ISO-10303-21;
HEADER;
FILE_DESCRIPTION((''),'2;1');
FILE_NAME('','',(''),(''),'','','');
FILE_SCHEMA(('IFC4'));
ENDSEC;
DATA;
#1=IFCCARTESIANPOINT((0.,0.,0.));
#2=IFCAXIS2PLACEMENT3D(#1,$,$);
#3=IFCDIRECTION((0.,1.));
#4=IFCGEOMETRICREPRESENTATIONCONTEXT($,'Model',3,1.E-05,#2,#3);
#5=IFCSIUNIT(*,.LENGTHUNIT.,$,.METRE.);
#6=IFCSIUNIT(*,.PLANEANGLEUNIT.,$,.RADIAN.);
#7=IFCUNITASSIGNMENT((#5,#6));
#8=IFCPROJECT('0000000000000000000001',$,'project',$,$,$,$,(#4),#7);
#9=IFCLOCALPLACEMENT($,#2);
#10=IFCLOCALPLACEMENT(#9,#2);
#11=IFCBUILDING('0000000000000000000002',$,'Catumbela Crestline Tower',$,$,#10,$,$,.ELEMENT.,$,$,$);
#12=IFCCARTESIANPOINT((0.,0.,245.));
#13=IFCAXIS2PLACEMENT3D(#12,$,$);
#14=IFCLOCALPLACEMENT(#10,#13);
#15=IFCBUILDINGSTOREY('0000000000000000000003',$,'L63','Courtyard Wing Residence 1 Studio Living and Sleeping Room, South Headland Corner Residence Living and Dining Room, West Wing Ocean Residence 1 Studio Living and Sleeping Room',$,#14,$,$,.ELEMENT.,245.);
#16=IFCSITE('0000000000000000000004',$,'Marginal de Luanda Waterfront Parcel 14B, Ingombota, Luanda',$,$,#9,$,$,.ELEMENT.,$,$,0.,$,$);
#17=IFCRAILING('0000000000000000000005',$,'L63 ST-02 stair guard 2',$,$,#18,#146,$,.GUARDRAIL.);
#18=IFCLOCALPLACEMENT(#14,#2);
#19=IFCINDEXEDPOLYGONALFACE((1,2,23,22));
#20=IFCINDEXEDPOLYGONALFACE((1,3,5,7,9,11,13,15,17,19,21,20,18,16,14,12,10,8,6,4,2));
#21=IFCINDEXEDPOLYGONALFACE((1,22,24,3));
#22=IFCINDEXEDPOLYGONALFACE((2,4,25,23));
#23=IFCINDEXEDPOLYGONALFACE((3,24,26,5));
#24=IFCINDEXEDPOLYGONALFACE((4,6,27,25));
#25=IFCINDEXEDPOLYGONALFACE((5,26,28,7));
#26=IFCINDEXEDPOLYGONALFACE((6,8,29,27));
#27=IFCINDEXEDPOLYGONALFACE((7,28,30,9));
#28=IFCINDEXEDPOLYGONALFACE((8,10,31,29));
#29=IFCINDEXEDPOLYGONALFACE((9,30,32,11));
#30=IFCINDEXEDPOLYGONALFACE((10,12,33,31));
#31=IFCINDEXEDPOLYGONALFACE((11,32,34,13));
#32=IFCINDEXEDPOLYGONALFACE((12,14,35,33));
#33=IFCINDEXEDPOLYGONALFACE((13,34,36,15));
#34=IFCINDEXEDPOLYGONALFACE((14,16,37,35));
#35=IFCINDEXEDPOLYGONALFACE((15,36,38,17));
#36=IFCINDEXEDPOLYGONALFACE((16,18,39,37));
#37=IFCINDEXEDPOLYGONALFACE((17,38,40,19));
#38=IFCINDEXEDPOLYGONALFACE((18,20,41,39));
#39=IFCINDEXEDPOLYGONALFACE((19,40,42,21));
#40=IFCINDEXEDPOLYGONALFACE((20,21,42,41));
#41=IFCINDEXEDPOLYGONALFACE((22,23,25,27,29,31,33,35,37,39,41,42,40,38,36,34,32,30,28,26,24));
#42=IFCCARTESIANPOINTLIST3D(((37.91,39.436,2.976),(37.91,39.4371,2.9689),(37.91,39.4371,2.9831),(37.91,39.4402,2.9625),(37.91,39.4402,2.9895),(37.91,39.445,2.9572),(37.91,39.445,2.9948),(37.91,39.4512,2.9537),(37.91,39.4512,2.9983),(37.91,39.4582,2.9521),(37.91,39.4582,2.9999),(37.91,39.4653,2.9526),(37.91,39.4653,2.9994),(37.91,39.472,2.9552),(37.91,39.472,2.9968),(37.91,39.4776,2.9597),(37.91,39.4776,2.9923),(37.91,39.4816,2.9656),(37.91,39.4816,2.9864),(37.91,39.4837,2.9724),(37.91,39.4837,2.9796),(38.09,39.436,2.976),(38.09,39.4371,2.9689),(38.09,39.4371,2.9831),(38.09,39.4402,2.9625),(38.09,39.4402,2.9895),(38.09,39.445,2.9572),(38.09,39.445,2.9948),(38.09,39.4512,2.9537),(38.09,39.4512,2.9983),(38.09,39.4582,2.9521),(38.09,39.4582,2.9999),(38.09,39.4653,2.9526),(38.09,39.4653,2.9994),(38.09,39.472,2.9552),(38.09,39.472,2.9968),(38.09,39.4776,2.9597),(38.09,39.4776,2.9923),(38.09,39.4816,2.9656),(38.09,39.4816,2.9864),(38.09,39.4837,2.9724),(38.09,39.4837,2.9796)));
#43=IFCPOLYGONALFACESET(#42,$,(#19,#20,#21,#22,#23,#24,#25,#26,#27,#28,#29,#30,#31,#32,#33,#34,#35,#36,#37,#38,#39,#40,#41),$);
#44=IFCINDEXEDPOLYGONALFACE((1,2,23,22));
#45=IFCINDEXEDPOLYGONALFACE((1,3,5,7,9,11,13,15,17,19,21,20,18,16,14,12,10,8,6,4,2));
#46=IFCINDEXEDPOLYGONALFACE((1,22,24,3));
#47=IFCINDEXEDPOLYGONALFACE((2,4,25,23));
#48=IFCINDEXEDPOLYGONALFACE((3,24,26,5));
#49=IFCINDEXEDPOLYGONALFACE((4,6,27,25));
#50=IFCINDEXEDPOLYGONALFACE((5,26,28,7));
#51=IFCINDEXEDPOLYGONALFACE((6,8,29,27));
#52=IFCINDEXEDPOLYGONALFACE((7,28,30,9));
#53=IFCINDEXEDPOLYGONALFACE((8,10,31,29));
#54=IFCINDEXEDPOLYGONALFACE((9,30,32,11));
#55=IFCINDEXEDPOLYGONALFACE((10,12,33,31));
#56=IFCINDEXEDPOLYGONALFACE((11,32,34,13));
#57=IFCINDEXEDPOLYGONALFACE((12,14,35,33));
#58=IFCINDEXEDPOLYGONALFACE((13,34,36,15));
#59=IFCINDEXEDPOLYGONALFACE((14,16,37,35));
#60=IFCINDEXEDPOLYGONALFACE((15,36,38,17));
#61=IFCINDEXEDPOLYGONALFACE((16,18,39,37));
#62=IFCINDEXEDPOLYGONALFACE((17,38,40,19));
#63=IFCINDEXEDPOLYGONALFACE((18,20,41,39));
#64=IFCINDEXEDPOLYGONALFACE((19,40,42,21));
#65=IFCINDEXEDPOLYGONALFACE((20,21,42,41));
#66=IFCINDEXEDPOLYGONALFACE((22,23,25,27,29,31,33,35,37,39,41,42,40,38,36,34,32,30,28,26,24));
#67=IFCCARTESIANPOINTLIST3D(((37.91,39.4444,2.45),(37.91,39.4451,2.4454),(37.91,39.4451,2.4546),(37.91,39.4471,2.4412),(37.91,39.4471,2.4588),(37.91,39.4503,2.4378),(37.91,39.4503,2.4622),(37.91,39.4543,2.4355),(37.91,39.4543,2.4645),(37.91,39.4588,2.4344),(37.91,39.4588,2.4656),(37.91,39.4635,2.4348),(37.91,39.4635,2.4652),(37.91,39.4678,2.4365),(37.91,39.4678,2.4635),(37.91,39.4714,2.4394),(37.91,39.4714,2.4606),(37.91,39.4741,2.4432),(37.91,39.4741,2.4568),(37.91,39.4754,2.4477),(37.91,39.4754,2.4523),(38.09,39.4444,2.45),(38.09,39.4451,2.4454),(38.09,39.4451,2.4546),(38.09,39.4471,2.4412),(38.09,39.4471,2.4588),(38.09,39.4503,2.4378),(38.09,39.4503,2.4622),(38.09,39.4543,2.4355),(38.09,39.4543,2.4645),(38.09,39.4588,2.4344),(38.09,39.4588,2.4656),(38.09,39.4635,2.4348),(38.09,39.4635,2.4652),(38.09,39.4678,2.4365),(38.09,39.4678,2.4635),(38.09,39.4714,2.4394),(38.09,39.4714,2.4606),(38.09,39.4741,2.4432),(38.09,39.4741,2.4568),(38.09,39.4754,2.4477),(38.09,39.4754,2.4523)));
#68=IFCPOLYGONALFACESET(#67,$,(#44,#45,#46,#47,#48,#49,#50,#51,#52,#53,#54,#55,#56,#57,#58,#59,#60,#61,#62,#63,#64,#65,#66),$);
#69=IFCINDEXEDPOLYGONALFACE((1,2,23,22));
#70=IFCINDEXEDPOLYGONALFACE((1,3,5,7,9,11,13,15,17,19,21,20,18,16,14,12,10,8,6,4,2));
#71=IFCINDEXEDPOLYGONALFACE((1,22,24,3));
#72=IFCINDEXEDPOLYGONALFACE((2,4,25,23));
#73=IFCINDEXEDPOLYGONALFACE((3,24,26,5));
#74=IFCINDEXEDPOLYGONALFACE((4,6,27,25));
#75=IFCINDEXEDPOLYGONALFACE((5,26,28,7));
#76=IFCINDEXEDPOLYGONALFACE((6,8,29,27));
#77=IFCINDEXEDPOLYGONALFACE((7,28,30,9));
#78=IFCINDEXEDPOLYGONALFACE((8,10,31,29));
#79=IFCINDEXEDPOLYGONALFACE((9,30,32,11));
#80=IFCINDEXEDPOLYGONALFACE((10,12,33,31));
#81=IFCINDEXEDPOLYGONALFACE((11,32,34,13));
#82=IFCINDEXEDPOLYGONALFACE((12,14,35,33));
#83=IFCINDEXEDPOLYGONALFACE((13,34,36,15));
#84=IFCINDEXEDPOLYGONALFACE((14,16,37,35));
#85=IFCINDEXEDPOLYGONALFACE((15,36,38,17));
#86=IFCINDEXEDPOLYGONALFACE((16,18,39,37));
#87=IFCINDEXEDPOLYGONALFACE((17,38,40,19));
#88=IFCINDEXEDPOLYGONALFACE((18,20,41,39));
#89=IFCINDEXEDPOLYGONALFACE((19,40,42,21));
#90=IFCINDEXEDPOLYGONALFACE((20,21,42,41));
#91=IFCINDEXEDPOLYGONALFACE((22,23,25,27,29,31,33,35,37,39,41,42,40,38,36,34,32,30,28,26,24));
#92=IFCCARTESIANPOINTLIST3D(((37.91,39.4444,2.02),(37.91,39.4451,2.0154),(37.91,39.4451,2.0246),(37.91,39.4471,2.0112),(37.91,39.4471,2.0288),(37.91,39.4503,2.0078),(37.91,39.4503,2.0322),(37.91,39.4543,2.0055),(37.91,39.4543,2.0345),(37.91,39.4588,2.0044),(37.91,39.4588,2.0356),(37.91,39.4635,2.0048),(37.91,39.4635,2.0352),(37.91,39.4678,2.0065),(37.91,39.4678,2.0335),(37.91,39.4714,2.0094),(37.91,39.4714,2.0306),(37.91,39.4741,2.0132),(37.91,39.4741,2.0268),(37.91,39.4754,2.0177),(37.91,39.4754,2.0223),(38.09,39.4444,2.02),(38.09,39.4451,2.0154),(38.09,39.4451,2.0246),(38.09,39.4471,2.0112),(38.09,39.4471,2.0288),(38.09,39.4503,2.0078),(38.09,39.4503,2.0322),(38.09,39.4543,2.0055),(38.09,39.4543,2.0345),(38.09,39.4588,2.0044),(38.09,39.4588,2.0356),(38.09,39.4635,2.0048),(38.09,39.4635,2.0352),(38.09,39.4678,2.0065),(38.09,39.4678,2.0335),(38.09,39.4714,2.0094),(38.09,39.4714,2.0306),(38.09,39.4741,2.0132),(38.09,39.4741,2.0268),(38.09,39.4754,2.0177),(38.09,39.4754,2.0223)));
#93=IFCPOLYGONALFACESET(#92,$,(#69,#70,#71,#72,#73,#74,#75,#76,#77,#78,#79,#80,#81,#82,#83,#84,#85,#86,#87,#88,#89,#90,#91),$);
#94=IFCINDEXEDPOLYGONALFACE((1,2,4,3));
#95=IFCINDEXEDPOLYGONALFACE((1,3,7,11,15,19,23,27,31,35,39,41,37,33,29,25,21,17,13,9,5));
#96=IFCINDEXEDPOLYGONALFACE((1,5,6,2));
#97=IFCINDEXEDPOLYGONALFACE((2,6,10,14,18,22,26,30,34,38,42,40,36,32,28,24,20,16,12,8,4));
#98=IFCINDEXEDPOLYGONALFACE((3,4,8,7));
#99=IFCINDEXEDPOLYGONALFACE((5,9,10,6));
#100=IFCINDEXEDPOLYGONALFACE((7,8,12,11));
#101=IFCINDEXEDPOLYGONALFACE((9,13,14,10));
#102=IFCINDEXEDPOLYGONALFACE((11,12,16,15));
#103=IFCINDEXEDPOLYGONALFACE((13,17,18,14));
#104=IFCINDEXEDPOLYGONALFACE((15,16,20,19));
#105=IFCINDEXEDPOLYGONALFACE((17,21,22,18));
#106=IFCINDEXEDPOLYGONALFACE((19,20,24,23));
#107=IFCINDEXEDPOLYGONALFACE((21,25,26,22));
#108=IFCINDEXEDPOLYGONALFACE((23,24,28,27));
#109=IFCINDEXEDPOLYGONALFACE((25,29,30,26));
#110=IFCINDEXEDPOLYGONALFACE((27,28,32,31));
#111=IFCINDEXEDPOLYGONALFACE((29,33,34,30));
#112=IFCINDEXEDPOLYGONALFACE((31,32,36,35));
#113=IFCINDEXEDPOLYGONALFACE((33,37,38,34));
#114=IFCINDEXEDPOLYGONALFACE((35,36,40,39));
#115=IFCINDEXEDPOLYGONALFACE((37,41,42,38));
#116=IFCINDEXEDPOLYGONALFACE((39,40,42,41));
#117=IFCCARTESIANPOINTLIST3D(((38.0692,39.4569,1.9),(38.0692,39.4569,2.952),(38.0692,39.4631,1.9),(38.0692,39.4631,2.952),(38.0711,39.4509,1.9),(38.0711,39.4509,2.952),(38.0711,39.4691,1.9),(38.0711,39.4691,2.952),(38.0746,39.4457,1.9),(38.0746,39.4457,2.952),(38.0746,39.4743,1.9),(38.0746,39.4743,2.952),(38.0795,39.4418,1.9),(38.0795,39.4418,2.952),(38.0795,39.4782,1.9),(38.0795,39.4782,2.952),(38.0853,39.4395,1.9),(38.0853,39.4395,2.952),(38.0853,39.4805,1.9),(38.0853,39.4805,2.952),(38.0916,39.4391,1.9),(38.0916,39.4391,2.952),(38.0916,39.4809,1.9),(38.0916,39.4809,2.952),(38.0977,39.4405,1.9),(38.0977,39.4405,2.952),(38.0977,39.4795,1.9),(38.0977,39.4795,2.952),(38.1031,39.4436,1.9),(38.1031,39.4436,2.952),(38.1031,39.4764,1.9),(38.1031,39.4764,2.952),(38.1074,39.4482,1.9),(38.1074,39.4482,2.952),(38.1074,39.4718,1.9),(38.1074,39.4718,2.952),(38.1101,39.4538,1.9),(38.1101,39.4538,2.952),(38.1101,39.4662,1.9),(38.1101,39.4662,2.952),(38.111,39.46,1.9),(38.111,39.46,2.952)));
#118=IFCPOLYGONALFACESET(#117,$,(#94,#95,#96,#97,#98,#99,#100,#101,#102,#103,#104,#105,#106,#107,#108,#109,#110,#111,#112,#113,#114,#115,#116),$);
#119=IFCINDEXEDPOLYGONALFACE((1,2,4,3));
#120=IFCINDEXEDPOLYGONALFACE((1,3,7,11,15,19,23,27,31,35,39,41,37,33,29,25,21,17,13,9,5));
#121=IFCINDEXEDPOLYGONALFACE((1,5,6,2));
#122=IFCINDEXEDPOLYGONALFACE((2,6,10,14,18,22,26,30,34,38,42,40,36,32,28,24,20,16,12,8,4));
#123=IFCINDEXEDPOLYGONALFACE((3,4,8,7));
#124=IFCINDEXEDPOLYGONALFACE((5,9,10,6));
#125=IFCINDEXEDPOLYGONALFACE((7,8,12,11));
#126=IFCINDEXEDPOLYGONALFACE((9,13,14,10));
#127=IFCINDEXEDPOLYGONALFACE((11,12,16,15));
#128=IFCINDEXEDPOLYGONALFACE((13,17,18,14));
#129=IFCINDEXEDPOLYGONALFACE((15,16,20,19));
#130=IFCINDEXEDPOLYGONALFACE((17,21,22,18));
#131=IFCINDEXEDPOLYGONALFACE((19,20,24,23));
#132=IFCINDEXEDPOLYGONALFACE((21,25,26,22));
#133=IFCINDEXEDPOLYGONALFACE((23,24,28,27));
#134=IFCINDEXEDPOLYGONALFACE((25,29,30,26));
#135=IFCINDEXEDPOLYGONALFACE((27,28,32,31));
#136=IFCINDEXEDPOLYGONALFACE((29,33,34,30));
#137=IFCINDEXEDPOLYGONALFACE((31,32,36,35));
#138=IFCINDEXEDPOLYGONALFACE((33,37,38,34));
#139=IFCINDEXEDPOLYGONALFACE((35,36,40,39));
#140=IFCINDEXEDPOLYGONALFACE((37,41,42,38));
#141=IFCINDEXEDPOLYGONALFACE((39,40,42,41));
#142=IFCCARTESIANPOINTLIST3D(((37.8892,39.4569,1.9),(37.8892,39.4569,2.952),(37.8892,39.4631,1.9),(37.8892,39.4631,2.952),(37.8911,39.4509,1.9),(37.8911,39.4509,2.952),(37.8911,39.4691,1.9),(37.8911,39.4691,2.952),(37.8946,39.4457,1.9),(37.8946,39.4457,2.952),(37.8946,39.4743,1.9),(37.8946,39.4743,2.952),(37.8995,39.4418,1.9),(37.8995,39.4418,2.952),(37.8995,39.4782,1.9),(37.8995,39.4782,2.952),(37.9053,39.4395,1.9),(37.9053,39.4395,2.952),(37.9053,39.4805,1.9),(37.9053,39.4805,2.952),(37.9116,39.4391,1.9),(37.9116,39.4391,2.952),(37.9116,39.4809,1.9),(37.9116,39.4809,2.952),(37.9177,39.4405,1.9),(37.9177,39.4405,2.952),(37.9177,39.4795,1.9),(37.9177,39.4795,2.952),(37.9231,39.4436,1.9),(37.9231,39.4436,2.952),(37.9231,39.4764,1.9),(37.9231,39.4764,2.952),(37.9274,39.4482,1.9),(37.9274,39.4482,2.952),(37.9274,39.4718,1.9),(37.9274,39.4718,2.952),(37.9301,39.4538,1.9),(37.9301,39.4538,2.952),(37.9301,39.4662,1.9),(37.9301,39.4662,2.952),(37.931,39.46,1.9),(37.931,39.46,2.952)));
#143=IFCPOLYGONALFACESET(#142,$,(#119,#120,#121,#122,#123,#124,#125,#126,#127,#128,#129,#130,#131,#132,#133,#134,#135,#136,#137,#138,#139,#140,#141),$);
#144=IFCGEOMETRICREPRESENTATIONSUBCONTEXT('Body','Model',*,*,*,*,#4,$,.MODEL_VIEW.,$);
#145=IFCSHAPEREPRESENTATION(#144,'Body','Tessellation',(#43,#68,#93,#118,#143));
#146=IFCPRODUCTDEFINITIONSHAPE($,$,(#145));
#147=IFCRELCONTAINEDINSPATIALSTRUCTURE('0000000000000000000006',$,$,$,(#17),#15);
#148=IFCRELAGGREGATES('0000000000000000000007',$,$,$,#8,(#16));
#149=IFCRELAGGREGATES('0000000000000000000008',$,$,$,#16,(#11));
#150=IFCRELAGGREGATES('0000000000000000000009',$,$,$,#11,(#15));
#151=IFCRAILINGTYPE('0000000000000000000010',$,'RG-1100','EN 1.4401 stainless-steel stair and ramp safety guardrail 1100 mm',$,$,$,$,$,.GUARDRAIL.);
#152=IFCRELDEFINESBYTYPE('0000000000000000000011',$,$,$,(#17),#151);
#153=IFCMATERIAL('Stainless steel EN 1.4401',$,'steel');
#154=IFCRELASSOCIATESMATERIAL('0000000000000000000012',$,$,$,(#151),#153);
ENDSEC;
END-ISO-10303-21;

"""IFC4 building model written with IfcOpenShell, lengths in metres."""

from ifc_helpers import new_model, si_unit, direction, frame, origin, origin_2d, place, context, subcontext, project, spatial, circle, extrude, material, type_object, element, save


model = new_model("IFC4")

# Units and contexts
model_context = context("Model", 3, precision=1e-05, world=origin(), true_north=direction((0.0, 1.0)))
body_context = subcontext(model_context, "Body", "Model", "MODEL_VIEW")
ifc_project = project(units=[si_unit("LENGTHUNIT", "METRE"), si_unit("PLANEANGLEUNIT", "RADIAN")], contexts=[model_context])

# Site, building, storey
site_placement = place(None, origin())
site = spatial("IfcSite", under=ifc_project, at=site_placement, Name="Marginal de Luanda Waterfront Parcel 14B, Ingombota, Luanda", CompositionType="ELEMENT", RefElevation=0.0)
building_placement = place(site_placement, origin())
building = spatial("IfcBuilding", under=site, at=building_placement, Name="Catumbela Crestline Tower", CompositionType="ELEMENT")
storey_placement = place(building_placement, frame((0.0, 0.0, 245.0)))
storey = spatial("IfcBuildingStorey", under=building, at=storey_placement, Name="L63", Description="Courtyard Wing Residence 1 Studio Living and Sleeping Room, South Headland Corner Residence Living and Dining Room, West Wing Ocean Residence 1 Studio Living and Sleeping Room", CompositionType="ELEMENT", Elevation=245.0)

# Railing
ifc_material_1 = material(Name="Stainless steel EN 1.4401", Category="steel")
railing_type_1 = type_object("IfcRailingType", Name="RG-1100", Description="EN 1.4401 stainless-steel stair and ramp safety guardrail 1100 mm", PredefinedType="GUARDRAIL", material=ifc_material_1)
railing_1_placement = place(storey_placement, frame((38.09, 39.46, 1.9)))
element("IfcRailing", 1, at=railing_1_placement, inside=storey, type_object=railing_type_1, Name="L63 ST-02 stair guard 2", PredefinedType="GUARDRAIL", context=body_context, shape_type="SweptSolid", body=[
    extrude(circle(Radius=0.024, at=origin_2d()), frame((0.0, 0.0, 1.076), z_axis=(-1.0, 0.0, 0.0), x_axis=(0.0, -1.0, 0.0)), (0.0, 0.0, 1.0), 0.18),
    extrude(circle(Radius=0.0156, at=origin_2d()), frame((0.0, 0.0, 0.55), z_axis=(-1.0, 0.0, 0.0), x_axis=(0.0, -1.0, 0.0)), (0.0, 0.0, 1.0), 0.18),
    extrude(circle(Radius=0.0156, at=origin_2d()), frame((0.0, 0.0, 0.12), z_axis=(-1.0, 0.0, 0.0), x_axis=(0.0, -1.0, 0.0)), (0.0, 0.0, 1.0), 0.18),
    extrude(circle(Radius=0.021, at=origin_2d()), origin(), (0.0, 0.0, 1.0), 1.052),
    extrude(circle(Radius=0.021, at=origin_2d()), frame((-0.18, 0.0, 0.0)), (0.0, 0.0, 1.0), 1.052),
])

save(model, "model.ifc")
